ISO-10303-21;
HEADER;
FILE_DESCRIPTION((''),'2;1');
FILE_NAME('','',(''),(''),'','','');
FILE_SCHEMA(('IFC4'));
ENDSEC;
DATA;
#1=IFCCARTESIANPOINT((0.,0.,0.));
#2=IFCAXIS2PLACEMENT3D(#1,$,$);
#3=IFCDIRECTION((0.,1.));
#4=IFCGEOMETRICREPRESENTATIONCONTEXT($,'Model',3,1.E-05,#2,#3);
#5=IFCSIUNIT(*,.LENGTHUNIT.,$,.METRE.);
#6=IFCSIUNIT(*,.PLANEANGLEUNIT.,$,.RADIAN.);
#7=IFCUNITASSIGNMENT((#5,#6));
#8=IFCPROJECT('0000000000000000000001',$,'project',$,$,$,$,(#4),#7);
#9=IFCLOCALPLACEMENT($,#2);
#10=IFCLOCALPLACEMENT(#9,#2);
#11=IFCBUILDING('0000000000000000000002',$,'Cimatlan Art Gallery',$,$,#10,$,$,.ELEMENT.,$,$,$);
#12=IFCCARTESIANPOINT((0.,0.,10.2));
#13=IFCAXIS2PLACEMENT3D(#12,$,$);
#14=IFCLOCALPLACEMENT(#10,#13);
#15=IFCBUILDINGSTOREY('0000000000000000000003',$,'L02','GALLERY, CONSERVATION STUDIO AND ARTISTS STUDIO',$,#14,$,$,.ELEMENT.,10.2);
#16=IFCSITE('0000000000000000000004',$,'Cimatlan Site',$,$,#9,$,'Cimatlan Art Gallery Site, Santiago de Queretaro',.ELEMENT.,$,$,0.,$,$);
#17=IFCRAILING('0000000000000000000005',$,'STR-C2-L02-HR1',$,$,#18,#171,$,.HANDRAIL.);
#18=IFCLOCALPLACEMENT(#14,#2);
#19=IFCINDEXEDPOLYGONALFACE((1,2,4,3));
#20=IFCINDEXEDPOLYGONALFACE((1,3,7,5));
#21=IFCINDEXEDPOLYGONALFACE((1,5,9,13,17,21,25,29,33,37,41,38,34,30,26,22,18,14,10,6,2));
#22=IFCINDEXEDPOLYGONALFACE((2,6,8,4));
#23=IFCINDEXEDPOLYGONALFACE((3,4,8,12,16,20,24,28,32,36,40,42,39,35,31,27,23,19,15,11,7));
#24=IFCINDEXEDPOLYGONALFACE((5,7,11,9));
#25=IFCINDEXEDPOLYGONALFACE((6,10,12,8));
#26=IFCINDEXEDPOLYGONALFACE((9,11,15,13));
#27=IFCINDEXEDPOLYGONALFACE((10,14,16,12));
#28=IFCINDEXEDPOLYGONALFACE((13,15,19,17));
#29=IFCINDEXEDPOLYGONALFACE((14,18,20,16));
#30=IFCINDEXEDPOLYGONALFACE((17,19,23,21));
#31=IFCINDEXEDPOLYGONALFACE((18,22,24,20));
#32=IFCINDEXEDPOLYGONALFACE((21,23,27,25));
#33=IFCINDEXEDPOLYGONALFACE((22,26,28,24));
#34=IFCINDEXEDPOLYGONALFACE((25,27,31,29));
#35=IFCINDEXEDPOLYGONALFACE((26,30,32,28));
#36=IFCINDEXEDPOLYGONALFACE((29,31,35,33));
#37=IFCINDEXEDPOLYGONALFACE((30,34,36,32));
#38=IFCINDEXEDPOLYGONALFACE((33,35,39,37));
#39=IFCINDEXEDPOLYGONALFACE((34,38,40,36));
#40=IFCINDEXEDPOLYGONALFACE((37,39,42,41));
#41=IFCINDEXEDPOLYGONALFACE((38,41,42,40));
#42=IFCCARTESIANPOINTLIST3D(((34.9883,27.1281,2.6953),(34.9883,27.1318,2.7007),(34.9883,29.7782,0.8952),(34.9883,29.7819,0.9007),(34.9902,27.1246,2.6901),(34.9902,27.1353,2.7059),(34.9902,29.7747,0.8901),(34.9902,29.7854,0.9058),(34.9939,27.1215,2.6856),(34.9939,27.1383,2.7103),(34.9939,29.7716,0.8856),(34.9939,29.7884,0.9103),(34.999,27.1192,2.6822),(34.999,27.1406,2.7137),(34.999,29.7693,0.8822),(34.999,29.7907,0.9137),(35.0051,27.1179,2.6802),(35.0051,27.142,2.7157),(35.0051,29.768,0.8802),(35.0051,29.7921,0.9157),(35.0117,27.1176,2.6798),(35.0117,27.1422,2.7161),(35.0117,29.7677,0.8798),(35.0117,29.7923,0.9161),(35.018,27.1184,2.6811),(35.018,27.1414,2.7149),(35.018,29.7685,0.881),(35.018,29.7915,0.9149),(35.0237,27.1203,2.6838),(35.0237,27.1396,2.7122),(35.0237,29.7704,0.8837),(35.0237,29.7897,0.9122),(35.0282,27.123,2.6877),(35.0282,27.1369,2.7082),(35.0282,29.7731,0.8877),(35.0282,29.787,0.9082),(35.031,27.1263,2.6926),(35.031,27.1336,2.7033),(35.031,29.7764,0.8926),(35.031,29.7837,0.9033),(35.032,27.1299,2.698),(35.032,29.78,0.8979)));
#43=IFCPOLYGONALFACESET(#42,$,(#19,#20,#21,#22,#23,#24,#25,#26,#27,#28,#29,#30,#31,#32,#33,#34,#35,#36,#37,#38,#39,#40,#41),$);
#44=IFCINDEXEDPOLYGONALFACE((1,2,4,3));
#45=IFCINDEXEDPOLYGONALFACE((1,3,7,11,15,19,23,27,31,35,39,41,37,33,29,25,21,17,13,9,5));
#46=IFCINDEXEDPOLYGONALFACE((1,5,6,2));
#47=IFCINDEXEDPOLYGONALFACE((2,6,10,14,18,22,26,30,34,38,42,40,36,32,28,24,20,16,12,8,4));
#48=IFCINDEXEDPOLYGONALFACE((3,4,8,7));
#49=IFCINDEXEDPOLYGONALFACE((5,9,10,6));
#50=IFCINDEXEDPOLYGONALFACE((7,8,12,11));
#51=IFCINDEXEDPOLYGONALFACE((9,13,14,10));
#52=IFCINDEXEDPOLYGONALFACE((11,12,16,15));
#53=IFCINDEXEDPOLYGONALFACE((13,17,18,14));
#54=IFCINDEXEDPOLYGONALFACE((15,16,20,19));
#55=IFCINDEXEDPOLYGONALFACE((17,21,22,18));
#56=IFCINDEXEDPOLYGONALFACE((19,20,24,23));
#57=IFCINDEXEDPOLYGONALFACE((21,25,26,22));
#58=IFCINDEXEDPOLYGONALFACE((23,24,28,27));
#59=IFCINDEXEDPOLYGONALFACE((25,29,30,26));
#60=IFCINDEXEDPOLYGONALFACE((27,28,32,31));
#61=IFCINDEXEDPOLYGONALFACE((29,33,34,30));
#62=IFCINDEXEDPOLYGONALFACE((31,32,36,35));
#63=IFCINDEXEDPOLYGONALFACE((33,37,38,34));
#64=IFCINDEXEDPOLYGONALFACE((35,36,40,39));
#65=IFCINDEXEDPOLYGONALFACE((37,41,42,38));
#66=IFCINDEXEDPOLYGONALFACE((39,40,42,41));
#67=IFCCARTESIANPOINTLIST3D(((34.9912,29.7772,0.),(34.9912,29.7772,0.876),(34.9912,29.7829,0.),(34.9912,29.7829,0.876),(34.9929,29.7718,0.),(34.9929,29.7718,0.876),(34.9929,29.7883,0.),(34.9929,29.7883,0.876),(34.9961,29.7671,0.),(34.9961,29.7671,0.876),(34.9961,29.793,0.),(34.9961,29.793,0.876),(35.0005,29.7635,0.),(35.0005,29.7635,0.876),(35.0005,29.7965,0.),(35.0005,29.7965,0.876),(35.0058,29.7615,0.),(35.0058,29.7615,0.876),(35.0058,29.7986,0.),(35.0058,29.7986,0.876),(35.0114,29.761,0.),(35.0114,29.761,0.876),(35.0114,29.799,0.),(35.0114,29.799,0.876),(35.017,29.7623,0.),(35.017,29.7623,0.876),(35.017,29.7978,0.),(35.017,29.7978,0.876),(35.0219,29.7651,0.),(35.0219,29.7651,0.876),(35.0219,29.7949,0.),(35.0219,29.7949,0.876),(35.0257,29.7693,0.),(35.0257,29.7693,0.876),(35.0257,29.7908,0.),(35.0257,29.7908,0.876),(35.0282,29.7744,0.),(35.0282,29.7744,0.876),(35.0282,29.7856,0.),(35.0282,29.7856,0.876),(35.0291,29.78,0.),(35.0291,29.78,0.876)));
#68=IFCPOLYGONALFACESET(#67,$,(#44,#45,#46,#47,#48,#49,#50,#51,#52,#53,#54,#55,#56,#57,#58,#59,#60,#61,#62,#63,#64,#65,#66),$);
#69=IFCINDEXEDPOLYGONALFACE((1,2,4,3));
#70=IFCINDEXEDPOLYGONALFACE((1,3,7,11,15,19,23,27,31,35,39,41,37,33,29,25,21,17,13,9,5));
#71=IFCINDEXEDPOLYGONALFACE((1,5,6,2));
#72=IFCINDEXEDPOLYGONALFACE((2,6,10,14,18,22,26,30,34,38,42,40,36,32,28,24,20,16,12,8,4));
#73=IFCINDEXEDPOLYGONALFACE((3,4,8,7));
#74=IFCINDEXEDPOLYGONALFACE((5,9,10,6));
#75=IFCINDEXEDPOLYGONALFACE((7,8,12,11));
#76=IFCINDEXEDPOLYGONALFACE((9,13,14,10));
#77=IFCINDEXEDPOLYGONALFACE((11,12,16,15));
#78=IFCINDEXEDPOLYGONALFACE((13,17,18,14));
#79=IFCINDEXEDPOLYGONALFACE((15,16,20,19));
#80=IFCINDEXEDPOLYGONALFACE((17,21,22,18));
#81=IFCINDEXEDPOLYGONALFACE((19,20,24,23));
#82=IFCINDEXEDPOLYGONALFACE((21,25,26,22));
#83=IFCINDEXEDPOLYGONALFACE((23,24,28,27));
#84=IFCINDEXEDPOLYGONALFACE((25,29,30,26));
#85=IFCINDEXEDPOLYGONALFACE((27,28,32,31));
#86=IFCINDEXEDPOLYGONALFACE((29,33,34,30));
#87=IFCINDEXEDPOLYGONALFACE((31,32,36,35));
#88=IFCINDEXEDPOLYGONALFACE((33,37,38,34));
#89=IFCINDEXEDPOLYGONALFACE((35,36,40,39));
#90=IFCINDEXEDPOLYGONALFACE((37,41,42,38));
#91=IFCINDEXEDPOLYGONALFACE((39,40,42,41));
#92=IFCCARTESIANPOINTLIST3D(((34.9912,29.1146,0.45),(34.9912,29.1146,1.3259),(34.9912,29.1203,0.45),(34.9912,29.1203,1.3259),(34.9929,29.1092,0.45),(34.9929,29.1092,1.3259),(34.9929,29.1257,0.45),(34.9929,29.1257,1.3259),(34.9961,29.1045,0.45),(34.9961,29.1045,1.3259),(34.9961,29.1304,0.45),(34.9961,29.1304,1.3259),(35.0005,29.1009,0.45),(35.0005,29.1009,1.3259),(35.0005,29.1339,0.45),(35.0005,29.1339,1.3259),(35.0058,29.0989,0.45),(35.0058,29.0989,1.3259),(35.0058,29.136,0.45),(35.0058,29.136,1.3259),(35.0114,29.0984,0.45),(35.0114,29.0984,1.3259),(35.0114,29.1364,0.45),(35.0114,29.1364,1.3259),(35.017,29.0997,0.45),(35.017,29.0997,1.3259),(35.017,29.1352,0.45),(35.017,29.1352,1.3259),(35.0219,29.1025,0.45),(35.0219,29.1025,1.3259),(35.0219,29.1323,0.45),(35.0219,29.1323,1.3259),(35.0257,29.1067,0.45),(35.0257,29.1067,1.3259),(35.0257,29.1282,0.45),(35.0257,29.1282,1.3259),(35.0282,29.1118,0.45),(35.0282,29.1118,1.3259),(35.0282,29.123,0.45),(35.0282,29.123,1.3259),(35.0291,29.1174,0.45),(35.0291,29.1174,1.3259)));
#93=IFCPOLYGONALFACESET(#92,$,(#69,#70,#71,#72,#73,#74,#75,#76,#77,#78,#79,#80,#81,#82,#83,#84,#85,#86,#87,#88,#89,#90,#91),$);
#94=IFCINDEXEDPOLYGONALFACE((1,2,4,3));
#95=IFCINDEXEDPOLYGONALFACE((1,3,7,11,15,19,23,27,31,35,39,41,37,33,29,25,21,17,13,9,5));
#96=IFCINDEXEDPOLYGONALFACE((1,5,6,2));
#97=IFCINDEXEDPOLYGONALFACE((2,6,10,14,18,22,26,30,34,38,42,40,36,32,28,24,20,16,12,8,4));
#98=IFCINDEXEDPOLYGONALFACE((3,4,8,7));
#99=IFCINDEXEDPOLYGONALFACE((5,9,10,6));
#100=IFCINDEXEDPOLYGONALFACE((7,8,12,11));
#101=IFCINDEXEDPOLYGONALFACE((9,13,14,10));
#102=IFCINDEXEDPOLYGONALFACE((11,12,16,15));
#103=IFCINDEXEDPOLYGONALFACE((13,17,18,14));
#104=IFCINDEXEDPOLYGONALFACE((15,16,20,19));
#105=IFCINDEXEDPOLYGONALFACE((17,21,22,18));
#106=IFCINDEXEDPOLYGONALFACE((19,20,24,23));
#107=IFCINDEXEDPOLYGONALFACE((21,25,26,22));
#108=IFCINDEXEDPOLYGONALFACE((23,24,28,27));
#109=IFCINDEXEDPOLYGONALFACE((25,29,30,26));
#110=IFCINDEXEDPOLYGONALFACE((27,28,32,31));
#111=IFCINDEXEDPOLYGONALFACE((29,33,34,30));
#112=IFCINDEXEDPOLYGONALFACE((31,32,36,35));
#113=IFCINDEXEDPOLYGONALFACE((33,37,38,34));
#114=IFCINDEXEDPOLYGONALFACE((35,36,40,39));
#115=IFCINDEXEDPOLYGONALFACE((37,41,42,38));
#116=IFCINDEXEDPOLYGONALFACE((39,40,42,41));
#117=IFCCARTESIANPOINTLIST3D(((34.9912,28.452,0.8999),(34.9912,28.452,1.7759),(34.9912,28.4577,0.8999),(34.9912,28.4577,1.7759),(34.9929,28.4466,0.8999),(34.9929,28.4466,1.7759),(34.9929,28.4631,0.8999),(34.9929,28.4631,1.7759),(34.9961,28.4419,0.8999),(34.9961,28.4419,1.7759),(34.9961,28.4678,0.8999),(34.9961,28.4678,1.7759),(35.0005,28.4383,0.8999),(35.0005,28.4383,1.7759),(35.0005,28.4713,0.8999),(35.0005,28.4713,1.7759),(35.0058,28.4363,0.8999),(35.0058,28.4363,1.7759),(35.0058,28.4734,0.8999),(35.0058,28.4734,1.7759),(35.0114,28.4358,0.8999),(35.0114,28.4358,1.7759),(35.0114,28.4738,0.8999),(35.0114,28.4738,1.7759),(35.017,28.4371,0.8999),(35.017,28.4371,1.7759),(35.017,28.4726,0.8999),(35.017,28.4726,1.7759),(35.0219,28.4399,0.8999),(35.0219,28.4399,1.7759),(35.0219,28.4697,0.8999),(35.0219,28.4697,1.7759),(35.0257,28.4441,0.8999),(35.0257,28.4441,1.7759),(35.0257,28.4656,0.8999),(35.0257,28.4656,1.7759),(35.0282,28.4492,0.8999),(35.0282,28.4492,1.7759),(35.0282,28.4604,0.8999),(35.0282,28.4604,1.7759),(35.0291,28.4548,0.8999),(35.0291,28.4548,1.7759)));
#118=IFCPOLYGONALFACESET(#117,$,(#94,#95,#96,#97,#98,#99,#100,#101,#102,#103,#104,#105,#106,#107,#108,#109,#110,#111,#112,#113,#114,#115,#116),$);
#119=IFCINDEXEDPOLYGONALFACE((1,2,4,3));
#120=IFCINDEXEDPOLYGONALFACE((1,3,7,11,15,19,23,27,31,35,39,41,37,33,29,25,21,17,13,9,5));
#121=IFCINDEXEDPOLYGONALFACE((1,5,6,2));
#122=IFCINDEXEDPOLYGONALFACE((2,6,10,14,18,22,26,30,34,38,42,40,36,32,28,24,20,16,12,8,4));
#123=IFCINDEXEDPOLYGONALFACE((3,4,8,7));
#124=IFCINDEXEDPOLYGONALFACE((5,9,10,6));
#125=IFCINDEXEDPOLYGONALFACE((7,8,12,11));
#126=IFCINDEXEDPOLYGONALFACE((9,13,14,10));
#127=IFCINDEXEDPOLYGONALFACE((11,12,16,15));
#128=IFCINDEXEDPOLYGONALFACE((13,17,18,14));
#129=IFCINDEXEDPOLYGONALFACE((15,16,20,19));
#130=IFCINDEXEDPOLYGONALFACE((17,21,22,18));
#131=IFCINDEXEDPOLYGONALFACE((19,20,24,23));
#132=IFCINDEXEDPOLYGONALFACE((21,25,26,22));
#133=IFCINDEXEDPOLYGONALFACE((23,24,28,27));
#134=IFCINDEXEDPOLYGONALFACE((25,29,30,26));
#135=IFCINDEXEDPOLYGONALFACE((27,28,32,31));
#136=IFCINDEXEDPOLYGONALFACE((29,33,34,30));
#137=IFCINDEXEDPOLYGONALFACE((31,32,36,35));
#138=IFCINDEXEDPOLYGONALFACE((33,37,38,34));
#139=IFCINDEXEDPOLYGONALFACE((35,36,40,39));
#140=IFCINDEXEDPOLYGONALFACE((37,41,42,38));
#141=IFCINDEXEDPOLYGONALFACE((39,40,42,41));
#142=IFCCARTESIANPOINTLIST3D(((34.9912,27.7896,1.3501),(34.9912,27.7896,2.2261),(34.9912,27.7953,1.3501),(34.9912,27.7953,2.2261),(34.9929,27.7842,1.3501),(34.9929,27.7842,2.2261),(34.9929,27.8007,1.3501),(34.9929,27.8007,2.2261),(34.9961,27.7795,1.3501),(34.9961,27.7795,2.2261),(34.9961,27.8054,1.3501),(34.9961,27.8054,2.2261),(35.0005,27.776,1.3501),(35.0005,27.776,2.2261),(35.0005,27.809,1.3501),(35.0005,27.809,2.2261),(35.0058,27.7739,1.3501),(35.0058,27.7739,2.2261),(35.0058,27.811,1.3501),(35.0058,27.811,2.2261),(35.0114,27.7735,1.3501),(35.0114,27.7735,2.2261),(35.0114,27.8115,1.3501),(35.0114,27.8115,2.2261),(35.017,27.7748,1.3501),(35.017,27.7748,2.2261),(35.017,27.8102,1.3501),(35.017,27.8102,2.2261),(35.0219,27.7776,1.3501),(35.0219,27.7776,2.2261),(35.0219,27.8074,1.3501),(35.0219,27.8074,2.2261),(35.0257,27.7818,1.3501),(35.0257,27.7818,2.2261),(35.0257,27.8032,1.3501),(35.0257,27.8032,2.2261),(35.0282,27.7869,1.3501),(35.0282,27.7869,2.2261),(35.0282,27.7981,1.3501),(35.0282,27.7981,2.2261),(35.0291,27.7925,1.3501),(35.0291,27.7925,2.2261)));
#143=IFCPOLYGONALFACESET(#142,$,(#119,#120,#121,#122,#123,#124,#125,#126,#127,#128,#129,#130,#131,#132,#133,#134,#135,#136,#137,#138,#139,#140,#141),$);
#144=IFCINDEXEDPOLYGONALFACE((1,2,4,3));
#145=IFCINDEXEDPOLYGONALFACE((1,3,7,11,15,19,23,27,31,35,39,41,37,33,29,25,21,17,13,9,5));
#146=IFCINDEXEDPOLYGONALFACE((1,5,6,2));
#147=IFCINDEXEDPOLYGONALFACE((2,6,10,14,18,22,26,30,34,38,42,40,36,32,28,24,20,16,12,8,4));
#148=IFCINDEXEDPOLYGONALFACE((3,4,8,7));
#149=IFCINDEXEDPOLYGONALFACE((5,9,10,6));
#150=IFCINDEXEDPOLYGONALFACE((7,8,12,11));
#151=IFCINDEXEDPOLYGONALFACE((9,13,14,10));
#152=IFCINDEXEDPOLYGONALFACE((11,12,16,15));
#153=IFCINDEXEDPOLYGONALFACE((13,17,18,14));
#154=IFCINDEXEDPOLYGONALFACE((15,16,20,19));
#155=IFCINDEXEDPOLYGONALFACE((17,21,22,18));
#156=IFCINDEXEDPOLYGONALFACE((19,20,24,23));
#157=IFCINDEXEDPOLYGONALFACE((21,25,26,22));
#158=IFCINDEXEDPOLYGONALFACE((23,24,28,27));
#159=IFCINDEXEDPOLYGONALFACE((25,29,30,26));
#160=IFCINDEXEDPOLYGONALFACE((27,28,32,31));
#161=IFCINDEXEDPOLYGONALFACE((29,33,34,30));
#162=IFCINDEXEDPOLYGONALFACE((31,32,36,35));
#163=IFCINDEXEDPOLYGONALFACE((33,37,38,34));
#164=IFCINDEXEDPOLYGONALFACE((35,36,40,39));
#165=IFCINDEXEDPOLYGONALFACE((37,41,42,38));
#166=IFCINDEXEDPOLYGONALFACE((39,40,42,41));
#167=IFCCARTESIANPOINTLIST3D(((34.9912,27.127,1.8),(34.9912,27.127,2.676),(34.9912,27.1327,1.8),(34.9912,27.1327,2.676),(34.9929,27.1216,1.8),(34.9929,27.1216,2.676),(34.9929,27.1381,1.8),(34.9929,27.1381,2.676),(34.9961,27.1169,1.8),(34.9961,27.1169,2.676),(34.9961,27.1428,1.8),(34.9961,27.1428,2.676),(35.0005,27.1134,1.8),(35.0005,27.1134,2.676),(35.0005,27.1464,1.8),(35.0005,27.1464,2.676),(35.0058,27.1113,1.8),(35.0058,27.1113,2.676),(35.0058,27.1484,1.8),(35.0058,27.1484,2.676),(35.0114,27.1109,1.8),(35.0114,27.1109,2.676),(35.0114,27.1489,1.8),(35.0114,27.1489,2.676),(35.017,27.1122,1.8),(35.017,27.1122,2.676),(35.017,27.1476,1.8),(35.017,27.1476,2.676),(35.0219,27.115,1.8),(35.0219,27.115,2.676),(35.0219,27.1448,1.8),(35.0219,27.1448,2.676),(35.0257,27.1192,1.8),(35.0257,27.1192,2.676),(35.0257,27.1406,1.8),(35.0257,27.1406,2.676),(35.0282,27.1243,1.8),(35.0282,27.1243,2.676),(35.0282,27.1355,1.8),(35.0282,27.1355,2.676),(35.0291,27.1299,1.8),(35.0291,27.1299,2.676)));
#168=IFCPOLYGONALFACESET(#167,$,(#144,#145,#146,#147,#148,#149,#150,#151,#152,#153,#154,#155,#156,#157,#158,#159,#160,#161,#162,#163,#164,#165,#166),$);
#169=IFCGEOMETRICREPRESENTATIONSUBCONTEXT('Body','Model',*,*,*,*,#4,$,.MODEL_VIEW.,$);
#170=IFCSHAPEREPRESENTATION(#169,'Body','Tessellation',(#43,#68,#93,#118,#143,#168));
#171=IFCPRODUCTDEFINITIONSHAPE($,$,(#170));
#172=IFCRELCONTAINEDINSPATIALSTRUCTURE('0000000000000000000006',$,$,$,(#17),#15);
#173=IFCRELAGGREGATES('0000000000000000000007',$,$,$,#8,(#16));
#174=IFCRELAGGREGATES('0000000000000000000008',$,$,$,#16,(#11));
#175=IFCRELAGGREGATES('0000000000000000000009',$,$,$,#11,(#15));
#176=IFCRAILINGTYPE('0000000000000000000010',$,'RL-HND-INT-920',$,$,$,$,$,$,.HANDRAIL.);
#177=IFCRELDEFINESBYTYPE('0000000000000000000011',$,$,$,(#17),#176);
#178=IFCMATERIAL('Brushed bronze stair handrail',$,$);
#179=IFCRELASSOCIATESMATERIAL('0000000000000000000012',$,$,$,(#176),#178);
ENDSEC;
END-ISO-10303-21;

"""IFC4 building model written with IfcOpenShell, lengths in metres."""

from ifc_helpers import new_model, si_unit, direction, frame, origin, origin_2d, place, context, subcontext, project, spatial, circle, extrude, material, type_object, element, save


model = new_model("IFC4")

# Units and contexts
model_context = context("Model", 3, precision=1e-05, world=origin(), true_north=direction((0.0, 1.0)))
body_context = subcontext(model_context, "Body", "Model", "MODEL_VIEW")
ifc_project = project(units=[si_unit("LENGTHUNIT", "METRE"), si_unit("PLANEANGLEUNIT", "RADIAN")], contexts=[model_context])

# Site, building, storey
site_placement = place(None, origin())
site = spatial("IfcSite", under=ifc_project, at=site_placement, Name="Cimatlan Site", LongName="Cimatlan Art Gallery Site, Santiago de Queretaro", CompositionType="ELEMENT", RefElevation=0.0)
building_placement = place(site_placement, origin())
building = spatial("IfcBuilding", under=site, at=building_placement, Name="Cimatlan Art Gallery", CompositionType="ELEMENT")
storey_placement = place(building_placement, frame((0.0, 0.0, 10.2)))
storey = spatial("IfcBuildingStorey", under=building, at=storey_placement, Name="L02", Description="GALLERY, CONSERVATION STUDIO AND ARTISTS STUDIO", CompositionType="ELEMENT", Elevation=10.2)

# Railing
ifc_material_1 = material(Name="Brushed bronze stair handrail")
railing_type_1 = type_object("IfcRailingType", Name="RL-HND-INT-920", PredefinedType="HANDRAIL", material=ifc_material_1)
railing_1_placement = place(storey_placement, frame((35.01, 29.78, 0.0)))
element("IfcRailing", 1, at=railing_1_placement, inside=storey, type_object=railing_type_1, Name="STR-C2-L02-HR1", PredefinedType="HANDRAIL", context=body_context, shape_type="SweptSolid", body=[
    extrude(circle(Radius=0.022, at=origin_2d()), frame((0.0, 0.0, 0.8979), z_axis=(0.0, -0.827224, 0.561872), x_axis=(1.0, 0.0, 0.0)), (0.0, 0.0, 1.0), 3.2036),
    extrude(circle(Radius=0.019, at=origin_2d()), origin(), (0.0, 0.0, 1.0), 0.876),
    extrude(circle(Radius=0.019, at=origin_2d()), frame((0.0, -0.6626, 0.45)), (0.0, 0.0, 1.0), 0.876),
    extrude(circle(Radius=0.019, at=origin_2d()), frame((0.0, -1.3252, 0.8999)), (0.0, 0.0, 1.0), 0.876),
    extrude(circle(Radius=0.019, at=origin_2d()), frame((0.0, -1.9875, 1.3501)), (0.0, 0.0, 1.0), 0.876),
    extrude(circle(Radius=0.019, at=origin_2d()), frame((0.0, -2.6501, 1.8)), (0.0, 0.0, 1.0), 0.876),
])

save(model, "model.ifc")
